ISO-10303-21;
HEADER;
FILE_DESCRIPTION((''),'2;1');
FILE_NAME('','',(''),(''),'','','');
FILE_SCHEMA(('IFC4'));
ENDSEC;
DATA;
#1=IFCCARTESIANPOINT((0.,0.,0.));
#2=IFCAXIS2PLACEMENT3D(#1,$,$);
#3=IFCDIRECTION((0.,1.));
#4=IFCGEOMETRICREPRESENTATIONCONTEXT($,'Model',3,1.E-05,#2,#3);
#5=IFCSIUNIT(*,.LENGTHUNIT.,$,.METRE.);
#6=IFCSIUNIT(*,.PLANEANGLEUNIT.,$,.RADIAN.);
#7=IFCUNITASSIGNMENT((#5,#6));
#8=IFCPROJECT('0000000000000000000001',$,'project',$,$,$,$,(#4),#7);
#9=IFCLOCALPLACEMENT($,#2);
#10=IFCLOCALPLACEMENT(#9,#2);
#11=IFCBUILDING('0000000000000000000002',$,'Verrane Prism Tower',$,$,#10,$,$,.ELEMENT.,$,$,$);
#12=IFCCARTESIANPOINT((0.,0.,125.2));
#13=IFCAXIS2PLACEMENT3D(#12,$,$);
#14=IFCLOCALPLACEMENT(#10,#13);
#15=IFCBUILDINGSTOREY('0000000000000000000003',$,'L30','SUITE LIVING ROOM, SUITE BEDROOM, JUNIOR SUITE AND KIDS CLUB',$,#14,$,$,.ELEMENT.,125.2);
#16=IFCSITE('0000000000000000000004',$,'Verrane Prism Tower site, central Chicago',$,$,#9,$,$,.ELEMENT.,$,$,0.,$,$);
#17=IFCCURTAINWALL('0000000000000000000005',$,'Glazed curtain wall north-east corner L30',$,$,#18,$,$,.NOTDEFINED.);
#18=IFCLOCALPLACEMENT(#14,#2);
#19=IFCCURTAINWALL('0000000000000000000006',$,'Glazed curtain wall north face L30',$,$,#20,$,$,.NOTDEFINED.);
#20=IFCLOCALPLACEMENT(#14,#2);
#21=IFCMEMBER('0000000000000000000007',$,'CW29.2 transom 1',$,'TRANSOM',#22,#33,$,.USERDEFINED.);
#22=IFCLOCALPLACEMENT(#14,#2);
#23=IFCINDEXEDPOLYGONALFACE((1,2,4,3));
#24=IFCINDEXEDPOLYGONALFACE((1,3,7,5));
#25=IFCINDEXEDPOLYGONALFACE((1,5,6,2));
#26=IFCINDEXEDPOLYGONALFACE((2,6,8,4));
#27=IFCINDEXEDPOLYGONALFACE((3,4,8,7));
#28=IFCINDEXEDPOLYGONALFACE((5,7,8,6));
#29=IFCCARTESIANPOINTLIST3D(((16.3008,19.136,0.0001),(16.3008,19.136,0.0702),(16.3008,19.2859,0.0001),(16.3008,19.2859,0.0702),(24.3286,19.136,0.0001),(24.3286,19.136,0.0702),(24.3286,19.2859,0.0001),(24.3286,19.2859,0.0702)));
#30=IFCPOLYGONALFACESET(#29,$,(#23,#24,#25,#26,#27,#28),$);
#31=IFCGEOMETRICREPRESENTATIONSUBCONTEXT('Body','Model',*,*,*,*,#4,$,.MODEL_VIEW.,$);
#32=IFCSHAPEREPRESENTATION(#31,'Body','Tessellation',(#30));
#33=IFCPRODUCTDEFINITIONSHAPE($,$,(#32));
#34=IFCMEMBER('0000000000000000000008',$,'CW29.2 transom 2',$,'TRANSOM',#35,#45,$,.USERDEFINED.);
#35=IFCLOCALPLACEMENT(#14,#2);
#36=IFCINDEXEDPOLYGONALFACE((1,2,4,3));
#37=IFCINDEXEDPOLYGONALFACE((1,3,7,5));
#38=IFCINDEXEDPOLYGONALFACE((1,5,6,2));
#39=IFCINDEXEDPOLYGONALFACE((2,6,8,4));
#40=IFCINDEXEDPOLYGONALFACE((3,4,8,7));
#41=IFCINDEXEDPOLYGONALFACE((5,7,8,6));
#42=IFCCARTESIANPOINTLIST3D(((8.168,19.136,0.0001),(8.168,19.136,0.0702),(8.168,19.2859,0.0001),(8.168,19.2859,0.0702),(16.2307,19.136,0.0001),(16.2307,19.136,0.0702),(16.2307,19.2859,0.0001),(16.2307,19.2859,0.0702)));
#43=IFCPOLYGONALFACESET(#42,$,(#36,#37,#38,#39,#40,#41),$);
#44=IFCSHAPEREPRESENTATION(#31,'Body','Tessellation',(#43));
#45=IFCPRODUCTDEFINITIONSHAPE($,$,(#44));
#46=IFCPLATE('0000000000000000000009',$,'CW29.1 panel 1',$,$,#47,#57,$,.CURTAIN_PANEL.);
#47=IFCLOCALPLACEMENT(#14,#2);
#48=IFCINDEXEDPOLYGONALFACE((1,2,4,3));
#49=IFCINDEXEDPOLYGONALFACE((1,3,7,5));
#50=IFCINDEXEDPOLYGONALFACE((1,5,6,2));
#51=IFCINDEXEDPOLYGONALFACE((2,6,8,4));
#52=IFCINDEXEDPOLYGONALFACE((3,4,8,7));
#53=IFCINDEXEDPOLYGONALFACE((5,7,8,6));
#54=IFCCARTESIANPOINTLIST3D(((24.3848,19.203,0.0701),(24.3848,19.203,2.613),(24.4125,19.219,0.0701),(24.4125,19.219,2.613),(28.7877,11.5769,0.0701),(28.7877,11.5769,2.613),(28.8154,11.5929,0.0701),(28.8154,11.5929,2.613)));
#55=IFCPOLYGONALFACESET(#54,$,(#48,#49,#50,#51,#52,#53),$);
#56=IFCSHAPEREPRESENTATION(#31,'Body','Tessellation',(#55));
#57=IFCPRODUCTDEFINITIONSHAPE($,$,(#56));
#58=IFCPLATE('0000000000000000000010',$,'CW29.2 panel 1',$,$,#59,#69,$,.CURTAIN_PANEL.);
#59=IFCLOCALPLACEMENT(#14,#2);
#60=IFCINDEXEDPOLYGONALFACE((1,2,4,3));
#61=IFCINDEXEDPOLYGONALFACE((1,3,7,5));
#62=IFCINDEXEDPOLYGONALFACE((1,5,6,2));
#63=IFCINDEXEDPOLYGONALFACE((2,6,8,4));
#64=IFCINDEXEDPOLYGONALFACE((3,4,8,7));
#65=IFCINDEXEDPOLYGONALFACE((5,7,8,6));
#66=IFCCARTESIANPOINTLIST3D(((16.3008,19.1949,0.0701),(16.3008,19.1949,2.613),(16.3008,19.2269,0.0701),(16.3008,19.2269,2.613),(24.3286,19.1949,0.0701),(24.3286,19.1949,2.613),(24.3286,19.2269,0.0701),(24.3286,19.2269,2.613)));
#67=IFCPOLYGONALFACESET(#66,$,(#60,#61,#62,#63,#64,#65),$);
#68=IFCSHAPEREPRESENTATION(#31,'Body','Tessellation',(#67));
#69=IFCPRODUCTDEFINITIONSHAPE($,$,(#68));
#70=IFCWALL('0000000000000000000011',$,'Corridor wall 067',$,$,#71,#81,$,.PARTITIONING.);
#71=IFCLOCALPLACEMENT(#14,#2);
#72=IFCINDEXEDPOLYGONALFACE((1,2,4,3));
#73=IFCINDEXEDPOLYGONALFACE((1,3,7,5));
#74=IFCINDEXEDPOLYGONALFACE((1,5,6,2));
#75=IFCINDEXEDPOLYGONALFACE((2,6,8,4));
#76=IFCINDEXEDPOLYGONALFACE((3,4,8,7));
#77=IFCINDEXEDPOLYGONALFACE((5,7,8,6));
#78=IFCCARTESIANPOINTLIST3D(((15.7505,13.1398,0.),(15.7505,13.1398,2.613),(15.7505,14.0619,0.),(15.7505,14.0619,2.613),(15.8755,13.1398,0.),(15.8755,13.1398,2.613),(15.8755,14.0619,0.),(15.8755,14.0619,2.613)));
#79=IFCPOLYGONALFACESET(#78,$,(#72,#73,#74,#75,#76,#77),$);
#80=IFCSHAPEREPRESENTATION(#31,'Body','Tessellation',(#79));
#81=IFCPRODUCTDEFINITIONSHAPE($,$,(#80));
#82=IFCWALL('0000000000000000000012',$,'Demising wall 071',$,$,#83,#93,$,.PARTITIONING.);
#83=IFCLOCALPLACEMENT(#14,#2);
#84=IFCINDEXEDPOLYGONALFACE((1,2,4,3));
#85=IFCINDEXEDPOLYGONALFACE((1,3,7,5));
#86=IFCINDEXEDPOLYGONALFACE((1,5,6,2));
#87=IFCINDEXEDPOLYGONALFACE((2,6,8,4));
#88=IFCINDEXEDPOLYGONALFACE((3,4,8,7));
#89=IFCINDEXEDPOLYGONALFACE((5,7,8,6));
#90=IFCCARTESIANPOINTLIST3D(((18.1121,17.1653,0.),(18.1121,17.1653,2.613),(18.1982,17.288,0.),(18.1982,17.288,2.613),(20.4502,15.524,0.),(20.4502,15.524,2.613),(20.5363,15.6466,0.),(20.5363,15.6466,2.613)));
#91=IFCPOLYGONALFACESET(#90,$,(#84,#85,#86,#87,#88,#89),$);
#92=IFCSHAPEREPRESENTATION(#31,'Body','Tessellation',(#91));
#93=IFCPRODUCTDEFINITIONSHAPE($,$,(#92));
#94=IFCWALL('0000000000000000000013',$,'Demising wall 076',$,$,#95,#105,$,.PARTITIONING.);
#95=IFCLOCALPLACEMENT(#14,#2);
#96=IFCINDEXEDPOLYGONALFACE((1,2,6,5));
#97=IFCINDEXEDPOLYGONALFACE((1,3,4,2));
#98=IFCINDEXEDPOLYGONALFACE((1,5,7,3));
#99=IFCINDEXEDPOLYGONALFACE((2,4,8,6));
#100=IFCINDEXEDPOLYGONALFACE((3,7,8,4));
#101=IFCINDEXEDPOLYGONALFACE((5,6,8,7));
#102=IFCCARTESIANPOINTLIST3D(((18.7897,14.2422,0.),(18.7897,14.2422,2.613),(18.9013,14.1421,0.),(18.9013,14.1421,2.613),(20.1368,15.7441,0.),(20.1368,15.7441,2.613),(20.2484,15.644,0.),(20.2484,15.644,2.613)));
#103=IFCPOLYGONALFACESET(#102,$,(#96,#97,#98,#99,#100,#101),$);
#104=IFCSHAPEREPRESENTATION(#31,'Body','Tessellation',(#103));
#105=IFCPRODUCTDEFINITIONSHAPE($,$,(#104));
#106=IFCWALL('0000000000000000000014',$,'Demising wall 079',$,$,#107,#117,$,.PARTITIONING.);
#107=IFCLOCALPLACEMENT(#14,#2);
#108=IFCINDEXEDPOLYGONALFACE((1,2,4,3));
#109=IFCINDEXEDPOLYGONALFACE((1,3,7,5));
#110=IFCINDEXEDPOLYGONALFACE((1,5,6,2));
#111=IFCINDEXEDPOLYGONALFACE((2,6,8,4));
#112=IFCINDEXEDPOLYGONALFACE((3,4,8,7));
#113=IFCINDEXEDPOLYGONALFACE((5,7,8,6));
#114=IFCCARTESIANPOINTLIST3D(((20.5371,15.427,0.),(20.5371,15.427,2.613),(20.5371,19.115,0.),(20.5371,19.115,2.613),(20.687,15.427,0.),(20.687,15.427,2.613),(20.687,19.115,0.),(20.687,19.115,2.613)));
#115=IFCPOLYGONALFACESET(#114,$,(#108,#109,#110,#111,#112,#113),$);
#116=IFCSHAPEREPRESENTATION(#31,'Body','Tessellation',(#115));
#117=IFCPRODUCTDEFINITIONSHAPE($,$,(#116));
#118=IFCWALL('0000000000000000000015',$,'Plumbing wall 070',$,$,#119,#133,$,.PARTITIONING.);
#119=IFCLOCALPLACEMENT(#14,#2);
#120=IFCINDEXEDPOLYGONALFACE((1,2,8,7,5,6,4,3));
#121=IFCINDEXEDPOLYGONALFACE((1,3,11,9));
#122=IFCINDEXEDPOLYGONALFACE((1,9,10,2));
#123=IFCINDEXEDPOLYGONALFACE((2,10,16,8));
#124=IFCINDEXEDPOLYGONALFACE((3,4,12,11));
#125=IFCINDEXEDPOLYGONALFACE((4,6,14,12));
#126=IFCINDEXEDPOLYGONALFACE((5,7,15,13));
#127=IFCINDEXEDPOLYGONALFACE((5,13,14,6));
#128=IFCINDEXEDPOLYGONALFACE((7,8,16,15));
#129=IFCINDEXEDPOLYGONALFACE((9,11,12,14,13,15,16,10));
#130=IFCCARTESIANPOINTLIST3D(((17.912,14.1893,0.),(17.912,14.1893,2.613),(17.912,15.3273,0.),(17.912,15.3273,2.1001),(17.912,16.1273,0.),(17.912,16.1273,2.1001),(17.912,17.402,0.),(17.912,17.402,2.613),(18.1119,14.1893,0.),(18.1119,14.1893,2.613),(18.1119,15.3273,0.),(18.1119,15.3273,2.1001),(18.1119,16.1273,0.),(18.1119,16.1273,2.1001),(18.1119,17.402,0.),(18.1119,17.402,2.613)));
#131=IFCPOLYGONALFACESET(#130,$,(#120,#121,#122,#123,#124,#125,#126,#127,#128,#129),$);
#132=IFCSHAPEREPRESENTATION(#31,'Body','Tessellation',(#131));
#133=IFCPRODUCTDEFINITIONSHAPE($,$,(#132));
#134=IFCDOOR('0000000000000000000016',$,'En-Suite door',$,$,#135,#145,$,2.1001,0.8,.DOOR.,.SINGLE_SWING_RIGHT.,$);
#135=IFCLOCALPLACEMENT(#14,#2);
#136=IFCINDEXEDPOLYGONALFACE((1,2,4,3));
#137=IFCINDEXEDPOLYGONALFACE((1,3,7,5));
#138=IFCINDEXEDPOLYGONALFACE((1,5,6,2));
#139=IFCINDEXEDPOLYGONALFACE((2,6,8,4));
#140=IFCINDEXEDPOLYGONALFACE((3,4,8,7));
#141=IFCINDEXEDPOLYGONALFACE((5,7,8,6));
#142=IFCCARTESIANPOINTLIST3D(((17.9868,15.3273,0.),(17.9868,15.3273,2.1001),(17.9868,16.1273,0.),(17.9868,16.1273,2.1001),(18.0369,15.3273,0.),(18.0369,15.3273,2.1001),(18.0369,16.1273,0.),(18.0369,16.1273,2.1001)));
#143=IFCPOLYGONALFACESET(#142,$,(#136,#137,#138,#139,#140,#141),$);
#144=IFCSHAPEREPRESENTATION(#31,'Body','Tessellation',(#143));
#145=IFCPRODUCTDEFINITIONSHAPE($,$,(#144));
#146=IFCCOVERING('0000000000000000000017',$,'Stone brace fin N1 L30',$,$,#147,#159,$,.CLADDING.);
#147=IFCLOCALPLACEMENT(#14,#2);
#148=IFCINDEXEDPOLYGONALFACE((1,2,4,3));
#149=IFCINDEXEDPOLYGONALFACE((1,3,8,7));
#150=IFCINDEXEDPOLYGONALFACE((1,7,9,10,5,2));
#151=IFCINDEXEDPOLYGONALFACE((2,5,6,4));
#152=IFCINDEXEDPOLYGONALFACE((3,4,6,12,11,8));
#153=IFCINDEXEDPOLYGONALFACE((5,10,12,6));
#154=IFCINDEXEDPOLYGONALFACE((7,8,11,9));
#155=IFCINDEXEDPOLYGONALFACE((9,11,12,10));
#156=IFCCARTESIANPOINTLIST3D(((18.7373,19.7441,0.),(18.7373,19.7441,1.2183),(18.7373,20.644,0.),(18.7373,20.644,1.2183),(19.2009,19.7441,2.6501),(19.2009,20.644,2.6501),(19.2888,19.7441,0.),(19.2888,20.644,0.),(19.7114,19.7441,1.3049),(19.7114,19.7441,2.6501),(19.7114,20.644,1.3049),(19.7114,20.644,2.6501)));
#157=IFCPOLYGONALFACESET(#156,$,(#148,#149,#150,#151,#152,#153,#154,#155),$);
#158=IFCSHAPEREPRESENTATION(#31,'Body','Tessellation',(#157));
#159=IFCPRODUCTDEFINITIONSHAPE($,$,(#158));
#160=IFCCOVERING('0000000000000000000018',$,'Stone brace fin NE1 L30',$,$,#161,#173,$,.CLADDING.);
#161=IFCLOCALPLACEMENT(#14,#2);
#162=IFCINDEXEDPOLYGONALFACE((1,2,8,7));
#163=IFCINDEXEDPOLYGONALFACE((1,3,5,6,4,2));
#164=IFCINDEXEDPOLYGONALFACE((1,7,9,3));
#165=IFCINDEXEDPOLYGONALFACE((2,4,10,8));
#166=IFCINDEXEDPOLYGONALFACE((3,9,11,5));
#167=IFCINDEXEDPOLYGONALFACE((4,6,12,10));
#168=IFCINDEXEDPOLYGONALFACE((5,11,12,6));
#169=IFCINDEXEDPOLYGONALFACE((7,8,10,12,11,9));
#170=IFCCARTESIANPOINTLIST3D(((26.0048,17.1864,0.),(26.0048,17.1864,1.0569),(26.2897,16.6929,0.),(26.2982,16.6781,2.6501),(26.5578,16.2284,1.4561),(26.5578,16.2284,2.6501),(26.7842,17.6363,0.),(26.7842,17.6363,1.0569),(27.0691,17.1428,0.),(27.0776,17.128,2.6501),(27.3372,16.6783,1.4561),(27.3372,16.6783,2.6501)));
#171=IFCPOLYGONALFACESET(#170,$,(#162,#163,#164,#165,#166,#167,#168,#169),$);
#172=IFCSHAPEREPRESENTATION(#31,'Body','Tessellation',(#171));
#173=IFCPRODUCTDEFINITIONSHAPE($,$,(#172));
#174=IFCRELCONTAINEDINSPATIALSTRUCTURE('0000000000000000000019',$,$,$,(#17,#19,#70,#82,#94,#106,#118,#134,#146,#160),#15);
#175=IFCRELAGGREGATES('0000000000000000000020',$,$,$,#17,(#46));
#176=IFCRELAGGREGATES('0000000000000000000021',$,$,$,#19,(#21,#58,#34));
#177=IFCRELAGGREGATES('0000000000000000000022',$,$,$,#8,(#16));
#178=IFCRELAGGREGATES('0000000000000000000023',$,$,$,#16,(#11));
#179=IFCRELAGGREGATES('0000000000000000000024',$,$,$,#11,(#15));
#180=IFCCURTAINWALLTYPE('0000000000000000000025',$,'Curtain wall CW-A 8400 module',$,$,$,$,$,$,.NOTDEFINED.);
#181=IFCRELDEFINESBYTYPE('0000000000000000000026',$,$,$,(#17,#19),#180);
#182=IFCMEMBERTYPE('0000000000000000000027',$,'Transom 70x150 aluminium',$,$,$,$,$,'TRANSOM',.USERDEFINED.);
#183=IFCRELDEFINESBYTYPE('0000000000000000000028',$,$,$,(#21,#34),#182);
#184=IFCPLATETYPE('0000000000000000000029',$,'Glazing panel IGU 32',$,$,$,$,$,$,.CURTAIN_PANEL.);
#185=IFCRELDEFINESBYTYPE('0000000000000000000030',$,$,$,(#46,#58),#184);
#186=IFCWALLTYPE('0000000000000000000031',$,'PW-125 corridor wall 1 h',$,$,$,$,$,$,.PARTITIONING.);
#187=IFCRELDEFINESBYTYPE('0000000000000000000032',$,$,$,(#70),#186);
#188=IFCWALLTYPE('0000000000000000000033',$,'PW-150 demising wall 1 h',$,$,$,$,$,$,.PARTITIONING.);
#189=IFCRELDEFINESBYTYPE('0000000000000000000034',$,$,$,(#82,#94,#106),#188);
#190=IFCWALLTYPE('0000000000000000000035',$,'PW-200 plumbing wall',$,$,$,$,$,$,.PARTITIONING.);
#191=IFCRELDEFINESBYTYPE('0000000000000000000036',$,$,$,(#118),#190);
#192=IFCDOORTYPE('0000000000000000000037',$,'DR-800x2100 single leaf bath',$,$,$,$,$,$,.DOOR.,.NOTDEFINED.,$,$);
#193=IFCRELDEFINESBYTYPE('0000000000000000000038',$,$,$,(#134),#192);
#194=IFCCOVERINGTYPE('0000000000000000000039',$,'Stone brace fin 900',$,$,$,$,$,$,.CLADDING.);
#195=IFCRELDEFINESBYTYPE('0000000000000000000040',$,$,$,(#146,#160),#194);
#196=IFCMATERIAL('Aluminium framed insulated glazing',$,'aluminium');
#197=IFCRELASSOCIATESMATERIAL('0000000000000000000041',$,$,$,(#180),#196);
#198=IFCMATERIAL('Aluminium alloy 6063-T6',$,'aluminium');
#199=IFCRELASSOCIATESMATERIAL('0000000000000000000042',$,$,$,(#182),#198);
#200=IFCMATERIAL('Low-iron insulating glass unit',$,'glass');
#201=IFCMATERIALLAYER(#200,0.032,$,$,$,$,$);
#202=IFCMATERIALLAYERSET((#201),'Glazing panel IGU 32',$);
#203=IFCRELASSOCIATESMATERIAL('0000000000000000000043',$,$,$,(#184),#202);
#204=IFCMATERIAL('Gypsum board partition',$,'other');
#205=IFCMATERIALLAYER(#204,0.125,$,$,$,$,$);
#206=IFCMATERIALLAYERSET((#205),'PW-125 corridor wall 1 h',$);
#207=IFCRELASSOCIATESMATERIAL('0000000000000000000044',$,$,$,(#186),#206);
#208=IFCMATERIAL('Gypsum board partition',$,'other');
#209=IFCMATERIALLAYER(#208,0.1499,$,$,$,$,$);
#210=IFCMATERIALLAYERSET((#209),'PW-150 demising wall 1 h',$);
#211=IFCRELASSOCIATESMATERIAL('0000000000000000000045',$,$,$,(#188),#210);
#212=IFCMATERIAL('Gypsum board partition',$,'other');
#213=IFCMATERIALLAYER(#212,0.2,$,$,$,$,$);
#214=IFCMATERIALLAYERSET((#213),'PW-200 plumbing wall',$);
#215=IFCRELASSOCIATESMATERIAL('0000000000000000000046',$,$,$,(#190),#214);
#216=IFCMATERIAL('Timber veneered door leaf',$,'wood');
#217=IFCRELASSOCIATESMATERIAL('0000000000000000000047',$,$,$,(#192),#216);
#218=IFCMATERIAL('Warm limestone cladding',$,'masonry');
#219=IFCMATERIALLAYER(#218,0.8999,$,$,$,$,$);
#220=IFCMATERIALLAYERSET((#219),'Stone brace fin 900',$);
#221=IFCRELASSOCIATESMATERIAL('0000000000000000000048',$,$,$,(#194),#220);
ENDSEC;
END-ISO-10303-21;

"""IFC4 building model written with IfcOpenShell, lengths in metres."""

from ifc_helpers import new_model, si_unit, direction, frame, frame_2d, origin, origin_2d, place, context, subcontext, project, spatial, polyline, rectangle, outline, extrude, material, layer, layer_set, material_profile, profile_set, type_object, element, fill, aggregate, save


model = new_model("IFC4")

# Units and contexts
model_context = context("Model", 3, precision=1e-05, world=origin(), true_north=direction((0.0, 1.0)))
body_context = subcontext(model_context, "Body", "Model", "MODEL_VIEW")
ifc_project = project(units=[si_unit("LENGTHUNIT", "METRE"), si_unit("PLANEANGLEUNIT", "RADIAN")], contexts=[model_context])

# Site, building, storey
site_placement = place(None, origin())
site = spatial("IfcSite", under=ifc_project, at=site_placement, Name="Verrane Prism Tower site, central Chicago", CompositionType="ELEMENT", RefElevation=0.0)
building_placement = place(site_placement, origin())
building = spatial("IfcBuilding", under=site, at=building_placement, Name="Verrane Prism Tower", CompositionType="ELEMENT")
storey_placement = place(building_placement, frame((0.0, 0.0, 125.2)))
storey = spatial("IfcBuildingStorey", under=building, at=storey_placement, Name="L30", Description="SUITE LIVING ROOM, SUITE BEDROOM, JUNIOR SUITE AND KIDS CLUB", CompositionType="ELEMENT", Elevation=125.2)

# Curtain wall
ifc_material_1 = material(Name="Aluminium framed insulated glazing", Category="aluminium")
curtain_wall_type = type_object("IfcCurtainWallType", Name="Curtain wall CW-A 8400 module", PredefinedType="NOTDEFINED", material=ifc_material_1)
curtain_wall_1_placement = place(storey_placement, origin())
curtain_wall_1 = element("IfcCurtainWall", 1, at=curtain_wall_1_placement, inside=storey, type_object=curtain_wall_type, Name="Glazed curtain wall north-east corner L30", PredefinedType="NOTDEFINED")

# Curtain wall
curtain_wall_2_placement = place(storey_placement, origin())
curtain_wall_2 = element("IfcCurtainWall", 2, at=curtain_wall_2_placement, inside=storey, type_object=curtain_wall_type, Name="Glazed curtain wall north face L30", PredefinedType="NOTDEFINED")

# Members
ifc_material_2 = material(Name="Aluminium alloy 6063-T6", Category="aluminium")
ifc_material_profile_1 = material_profile(ifc_material_2, rectangle(XDim=0.1499, YDim=0.0701, at=origin_2d()), Name="Transom 70x150 aluminium")
ifc_profile_set_1 = profile_set([ifc_material_profile_1], Name="Aluminium alloy 6063-T6")
member_type_1 = type_object("IfcMemberType", Name="Transom 70x150 aluminium", ElementType="TRANSOM", PredefinedType="USERDEFINED", material=ifc_profile_set_1)
member_1_placement = place(storey_placement, frame((24.3286, 19.2109, 0.0352), z_axis=(-1.0, 0.0, 0.0), x_axis=(0.0, -1.0, 0.0)))
member_1 = element("IfcMember", 3, at=member_1_placement, type_object=member_type_1, Name="CW29.2 transom 1", ObjectType="TRANSOM", PredefinedType="USERDEFINED", context=body_context, shape_type="SweptSolid", body=[
    extrude(rectangle(XDim=0.1499, YDim=0.0701, at=origin_2d()), origin(), (0.0, 0.0, 1.0), 8.0278),
])
member_2_placement = place(storey_placement, frame((16.2307, 19.2109, 0.0352), z_axis=(-1.0, 0.0, 0.0), x_axis=(0.0, -1.0, 0.0)))
member_2 = element("IfcMember", 4, at=member_2_placement, type_object=member_type_1, Name="CW29.2 transom 2", ObjectType="TRANSOM", PredefinedType="USERDEFINED", context=body_context, shape_type="SweptSolid", body=[
    extrude(rectangle(XDim=0.1499, YDim=0.0701, at=origin_2d()), origin(), (0.0, 0.0, 1.0), 8.0627),
])

# Plates
ifc_material_3 = material(Name="Low-iron insulating glass unit", Category="glass")
ifc_layer_1 = layer(ifc_material_3, 0.032)
ifc_layer_set_1 = layer_set([ifc_layer_1], Name="Glazing panel IGU 32")
plate_type = type_object("IfcPlateType", Name="Glazing panel IGU 32", PredefinedType="CURTAIN_PANEL", material=ifc_layer_set_1)
plate_1_placement = place(storey_placement, frame((26.6001, 15.3979, 0.0701), z_axis=(0.0, 0.0, 1.0), x_axis=(-0.499998, 0.866026, 0.0)))
plate_1 = element("IfcPlate", 5, at=plate_1_placement, type_object=plate_type, Name="CW29.1 panel 1", PredefinedType="CURTAIN_PANEL", context=body_context, shape_type="SweptSolid", body=[
    extrude(rectangle(XDim=8.8059, YDim=0.032, at=origin_2d()), origin(), (0.0, 0.0, 1.0), 2.543),
])
aggregate(curtain_wall_1, [plate_1])
plate_2_placement = place(storey_placement, frame((20.3147, 19.2109, 0.0701), z_axis=(0.0, 0.0, 1.0), x_axis=(-1.0, 0.0, 0.0)))
plate_2 = element("IfcPlate", 6, at=plate_2_placement, type_object=plate_type, Name="CW29.2 panel 1", PredefinedType="CURTAIN_PANEL", context=body_context, shape_type="SweptSolid", body=[
    extrude(rectangle(XDim=8.0278, YDim=0.032, at=origin_2d()), origin(), (0.0, 0.0, 1.0), 2.543),
])
aggregate(curtain_wall_2, [member_1, plate_2, member_2])

# Walls
ifc_material_4 = material(Name="Gypsum board partition", Category="other")
ifc_layer_2 = layer(ifc_material_4, 0.125)
ifc_layer_set_2 = layer_set([ifc_layer_2], Name="PW-125 corridor wall 1 h")
wall_type_1 = type_object("IfcWallType", Name="PW-125 corridor wall 1 h", PredefinedType="PARTITIONING", material=ifc_layer_set_2)
wall_1_placement = place(storey_placement, frame((15.813, 13.1399, 0.0), z_axis=(0.0, 0.0, 1.0), x_axis=(0.0, 1.0, 0.0)))
element("IfcWall", 7, at=wall_1_placement, inside=storey, type_object=wall_type_1, Name="Corridor wall 067", PredefinedType="PARTITIONING", context=body_context, shape_type="SweptSolid", body=[
    extrude(rectangle(XDim=0.9221, YDim=0.125, at=frame_2d((0.4609, 0.0))), origin(), (0.0, 0.0, 1.0), 2.613),
])
ifc_material_5 = material(Name="Gypsum board partition", Category="other")
ifc_layer_3 = layer(ifc_material_5, 0.1499)
ifc_layer_set_3 = layer_set([ifc_layer_3], Name="PW-150 demising wall 1 h")
wall_type_2 = type_object("IfcWallType", Name="PW-150 demising wall 1 h", PredefinedType="PARTITIONING", material=ifc_layer_set_3)
wall_2_placement = place(storey_placement, frame((18.1553, 17.2266, 0.0), z_axis=(0.0, 0.0, 1.0), x_axis=(0.818464, -0.574557, 0.0)))
element("IfcWall", 8, at=wall_2_placement, inside=storey, type_object=wall_type_2, Name="Demising wall 071", PredefinedType="PARTITIONING", context=body_context, shape_type="SweptSolid", body=[
    extrude(rectangle(XDim=2.8567, YDim=0.1499, at=frame_2d((1.4282, 0.0))), origin(), (0.0, 0.0, 1.0), 2.613),
])
wall_3_placement = place(storey_placement, frame((18.8455, 14.1921, 0.0), z_axis=(0.0, 0.0, 1.0), x_axis=(0.667707, 0.744424, 0.0)))
element("IfcWall", 9, at=wall_3_placement, inside=storey, type_object=wall_type_2, Name="Demising wall 076", PredefinedType="PARTITIONING", context=body_context, shape_type="SweptSolid", body=[
    extrude(rectangle(XDim=2.0176, YDim=0.1499, at=frame_2d((1.0088, 0.0))), origin(), (0.0, 0.0, 1.0), 2.613),
])
wall_4_placement = place(storey_placement, frame((20.6121, 15.427, 0.0), z_axis=(0.0, 0.0, 1.0), x_axis=(0.0, 1.0, 0.0)))
element("IfcWall", 10, at=wall_4_placement, inside=storey, type_object=wall_type_2, Name="Demising wall 079", PredefinedType="PARTITIONING", context=body_context, shape_type="SweptSolid", body=[
    extrude(rectangle(XDim=3.688, YDim=0.1499, at=frame_2d((1.844, 0.0))), origin(), (0.0, 0.0, 1.0), 2.613),
])

# Wall, opening, door
ifc_material_6 = material(Name="Gypsum board partition", Category="other")
ifc_layer_4 = layer(ifc_material_6, 0.2)
ifc_layer_set_4 = layer_set([ifc_layer_4], Name="PW-200 plumbing wall")
wall_type_3 = type_object("IfcWallType", Name="PW-200 plumbing wall", PredefinedType="PARTITIONING", material=ifc_layer_set_4)
wall_5_placement = place(storey_placement, frame((18.012, 17.4021, 0.0), z_axis=(0.0, 0.0, 1.0), x_axis=(0.0, -1.0, 0.0)))
wall_5 = element("IfcWall", 11, at=wall_5_placement, inside=storey, type_object=wall_type_3, Name="Plumbing wall 070", PredefinedType="PARTITIONING", context=body_context, shape_type="SweptSolid", body=[
    extrude(rectangle(XDim=3.2126, YDim=0.2, at=frame_2d((1.6064, 0.0))), origin(), (0.0, 0.0, 1.0), 2.613),
])
opening_placement = place(wall_5_placement, frame((1.2749, 0.0, 0.0)))
opening = element("IfcOpeningElement", 12, at=opening_placement, cuts=wall_5, PredefinedType="OPENING", context=body_context, shape_type="SweptSolid", body=[
    extrude(rectangle(XDim=0.8, YDim=2.1001, at=frame_2d((0.3999, 1.05))), frame((0.0, 0.1099, 0.0), z_axis=(0.0, -1.0, 0.0), x_axis=(1.0, 0.0, 0.0)), (0.0, 0.0, 1.0), 0.22),
])
ifc_material_7 = material(Name="Timber veneered door leaf", Category="wood")
door_type = type_object("IfcDoorType", Name="DR-800x2100 single leaf bath", OperationType="NOTDEFINED", PredefinedType="DOOR", material=ifc_material_7)
door_placement = place(opening_placement, origin())
door = element("IfcDoor", 13, at=door_placement, inside=storey, type_object=door_type, Name="En-Suite door", OperationType="SINGLE_SWING_RIGHT", OverallHeight=2.1001, OverallWidth=0.8, PredefinedType="DOOR", context=body_context, shape_type="SweptSolid", body=[
    extrude(rectangle(XDim=0.8, YDim=2.1001, at=frame_2d((0.3999, 1.05))), frame((0.0, 0.0249, 0.0), z_axis=(0.0, -1.0, 0.0), x_axis=(1.0, 0.0, 0.0)), (0.0, 0.0, 1.0), 0.05),
])
fill(opening, door)

# Coverings
ifc_material_8 = material(Name="Warm limestone cladding", Category="masonry")
ifc_layer_5 = layer(ifc_material_8, 0.8999)
ifc_layer_set_5 = layer_set([ifc_layer_5], Name="Stone brace fin 900")
covering_type = type_object("IfcCoveringType", Name="Stone brace fin 900", PredefinedType="CLADDING", material=ifc_layer_set_5)
covering_1_placement = place(storey_placement, frame((18.7373, 20.1941, 0.0), z_axis=(0.0, 0.0, 1.0), x_axis=(1.0, 0.0, 0.0)))
element("IfcCovering", 14, at=covering_1_placement, inside=storey, type_object=covering_type, Name="Stone brace fin N1 L30", PredefinedType="CLADDING", context=body_context, shape_type="SweptSolid", body=[
    extrude(outline(polyline([(0.9741, 2.6501), (0.4636, 2.6501), (0.0, 1.2183), (0.0, 0.0), (0.5515, 0.0), (0.9741, 1.3049), (0.9741, 2.6501)])), frame((0.0, 0.45, 0.0), z_axis=(0.0, -1.0, 0.0), x_axis=(1.0, 0.0, 0.0)), (0.0, 0.0, 1.0), 0.8999),
])
covering_2_placement = place(storey_placement, frame((26.3945, 17.4114, 0.0), z_axis=(0.0, 0.0, 1.0), x_axis=(0.499914, -0.866075, 0.0)))
element("IfcCovering", 15, at=covering_2_placement, inside=storey, type_object=covering_type, Name="Stone brace fin NE1 L30", PredefinedType="CLADDING", context=body_context, shape_type="SweptSolid", body=[
    extrude(outline(polyline([(1.1062, 2.6501), (0.5869, 2.6501), (0.0, 1.0569), (0.0, 0.0), (0.5698, 0.0), (1.1062, 1.4561), (1.1062, 2.6501)])), frame((0.0, 0.45, 0.0), z_axis=(0.0, -1.0, 0.0), x_axis=(1.0, 0.0, 0.0)), (0.0, 0.0, 1.0), 0.8999),
])

save(model, "model.ifc")
